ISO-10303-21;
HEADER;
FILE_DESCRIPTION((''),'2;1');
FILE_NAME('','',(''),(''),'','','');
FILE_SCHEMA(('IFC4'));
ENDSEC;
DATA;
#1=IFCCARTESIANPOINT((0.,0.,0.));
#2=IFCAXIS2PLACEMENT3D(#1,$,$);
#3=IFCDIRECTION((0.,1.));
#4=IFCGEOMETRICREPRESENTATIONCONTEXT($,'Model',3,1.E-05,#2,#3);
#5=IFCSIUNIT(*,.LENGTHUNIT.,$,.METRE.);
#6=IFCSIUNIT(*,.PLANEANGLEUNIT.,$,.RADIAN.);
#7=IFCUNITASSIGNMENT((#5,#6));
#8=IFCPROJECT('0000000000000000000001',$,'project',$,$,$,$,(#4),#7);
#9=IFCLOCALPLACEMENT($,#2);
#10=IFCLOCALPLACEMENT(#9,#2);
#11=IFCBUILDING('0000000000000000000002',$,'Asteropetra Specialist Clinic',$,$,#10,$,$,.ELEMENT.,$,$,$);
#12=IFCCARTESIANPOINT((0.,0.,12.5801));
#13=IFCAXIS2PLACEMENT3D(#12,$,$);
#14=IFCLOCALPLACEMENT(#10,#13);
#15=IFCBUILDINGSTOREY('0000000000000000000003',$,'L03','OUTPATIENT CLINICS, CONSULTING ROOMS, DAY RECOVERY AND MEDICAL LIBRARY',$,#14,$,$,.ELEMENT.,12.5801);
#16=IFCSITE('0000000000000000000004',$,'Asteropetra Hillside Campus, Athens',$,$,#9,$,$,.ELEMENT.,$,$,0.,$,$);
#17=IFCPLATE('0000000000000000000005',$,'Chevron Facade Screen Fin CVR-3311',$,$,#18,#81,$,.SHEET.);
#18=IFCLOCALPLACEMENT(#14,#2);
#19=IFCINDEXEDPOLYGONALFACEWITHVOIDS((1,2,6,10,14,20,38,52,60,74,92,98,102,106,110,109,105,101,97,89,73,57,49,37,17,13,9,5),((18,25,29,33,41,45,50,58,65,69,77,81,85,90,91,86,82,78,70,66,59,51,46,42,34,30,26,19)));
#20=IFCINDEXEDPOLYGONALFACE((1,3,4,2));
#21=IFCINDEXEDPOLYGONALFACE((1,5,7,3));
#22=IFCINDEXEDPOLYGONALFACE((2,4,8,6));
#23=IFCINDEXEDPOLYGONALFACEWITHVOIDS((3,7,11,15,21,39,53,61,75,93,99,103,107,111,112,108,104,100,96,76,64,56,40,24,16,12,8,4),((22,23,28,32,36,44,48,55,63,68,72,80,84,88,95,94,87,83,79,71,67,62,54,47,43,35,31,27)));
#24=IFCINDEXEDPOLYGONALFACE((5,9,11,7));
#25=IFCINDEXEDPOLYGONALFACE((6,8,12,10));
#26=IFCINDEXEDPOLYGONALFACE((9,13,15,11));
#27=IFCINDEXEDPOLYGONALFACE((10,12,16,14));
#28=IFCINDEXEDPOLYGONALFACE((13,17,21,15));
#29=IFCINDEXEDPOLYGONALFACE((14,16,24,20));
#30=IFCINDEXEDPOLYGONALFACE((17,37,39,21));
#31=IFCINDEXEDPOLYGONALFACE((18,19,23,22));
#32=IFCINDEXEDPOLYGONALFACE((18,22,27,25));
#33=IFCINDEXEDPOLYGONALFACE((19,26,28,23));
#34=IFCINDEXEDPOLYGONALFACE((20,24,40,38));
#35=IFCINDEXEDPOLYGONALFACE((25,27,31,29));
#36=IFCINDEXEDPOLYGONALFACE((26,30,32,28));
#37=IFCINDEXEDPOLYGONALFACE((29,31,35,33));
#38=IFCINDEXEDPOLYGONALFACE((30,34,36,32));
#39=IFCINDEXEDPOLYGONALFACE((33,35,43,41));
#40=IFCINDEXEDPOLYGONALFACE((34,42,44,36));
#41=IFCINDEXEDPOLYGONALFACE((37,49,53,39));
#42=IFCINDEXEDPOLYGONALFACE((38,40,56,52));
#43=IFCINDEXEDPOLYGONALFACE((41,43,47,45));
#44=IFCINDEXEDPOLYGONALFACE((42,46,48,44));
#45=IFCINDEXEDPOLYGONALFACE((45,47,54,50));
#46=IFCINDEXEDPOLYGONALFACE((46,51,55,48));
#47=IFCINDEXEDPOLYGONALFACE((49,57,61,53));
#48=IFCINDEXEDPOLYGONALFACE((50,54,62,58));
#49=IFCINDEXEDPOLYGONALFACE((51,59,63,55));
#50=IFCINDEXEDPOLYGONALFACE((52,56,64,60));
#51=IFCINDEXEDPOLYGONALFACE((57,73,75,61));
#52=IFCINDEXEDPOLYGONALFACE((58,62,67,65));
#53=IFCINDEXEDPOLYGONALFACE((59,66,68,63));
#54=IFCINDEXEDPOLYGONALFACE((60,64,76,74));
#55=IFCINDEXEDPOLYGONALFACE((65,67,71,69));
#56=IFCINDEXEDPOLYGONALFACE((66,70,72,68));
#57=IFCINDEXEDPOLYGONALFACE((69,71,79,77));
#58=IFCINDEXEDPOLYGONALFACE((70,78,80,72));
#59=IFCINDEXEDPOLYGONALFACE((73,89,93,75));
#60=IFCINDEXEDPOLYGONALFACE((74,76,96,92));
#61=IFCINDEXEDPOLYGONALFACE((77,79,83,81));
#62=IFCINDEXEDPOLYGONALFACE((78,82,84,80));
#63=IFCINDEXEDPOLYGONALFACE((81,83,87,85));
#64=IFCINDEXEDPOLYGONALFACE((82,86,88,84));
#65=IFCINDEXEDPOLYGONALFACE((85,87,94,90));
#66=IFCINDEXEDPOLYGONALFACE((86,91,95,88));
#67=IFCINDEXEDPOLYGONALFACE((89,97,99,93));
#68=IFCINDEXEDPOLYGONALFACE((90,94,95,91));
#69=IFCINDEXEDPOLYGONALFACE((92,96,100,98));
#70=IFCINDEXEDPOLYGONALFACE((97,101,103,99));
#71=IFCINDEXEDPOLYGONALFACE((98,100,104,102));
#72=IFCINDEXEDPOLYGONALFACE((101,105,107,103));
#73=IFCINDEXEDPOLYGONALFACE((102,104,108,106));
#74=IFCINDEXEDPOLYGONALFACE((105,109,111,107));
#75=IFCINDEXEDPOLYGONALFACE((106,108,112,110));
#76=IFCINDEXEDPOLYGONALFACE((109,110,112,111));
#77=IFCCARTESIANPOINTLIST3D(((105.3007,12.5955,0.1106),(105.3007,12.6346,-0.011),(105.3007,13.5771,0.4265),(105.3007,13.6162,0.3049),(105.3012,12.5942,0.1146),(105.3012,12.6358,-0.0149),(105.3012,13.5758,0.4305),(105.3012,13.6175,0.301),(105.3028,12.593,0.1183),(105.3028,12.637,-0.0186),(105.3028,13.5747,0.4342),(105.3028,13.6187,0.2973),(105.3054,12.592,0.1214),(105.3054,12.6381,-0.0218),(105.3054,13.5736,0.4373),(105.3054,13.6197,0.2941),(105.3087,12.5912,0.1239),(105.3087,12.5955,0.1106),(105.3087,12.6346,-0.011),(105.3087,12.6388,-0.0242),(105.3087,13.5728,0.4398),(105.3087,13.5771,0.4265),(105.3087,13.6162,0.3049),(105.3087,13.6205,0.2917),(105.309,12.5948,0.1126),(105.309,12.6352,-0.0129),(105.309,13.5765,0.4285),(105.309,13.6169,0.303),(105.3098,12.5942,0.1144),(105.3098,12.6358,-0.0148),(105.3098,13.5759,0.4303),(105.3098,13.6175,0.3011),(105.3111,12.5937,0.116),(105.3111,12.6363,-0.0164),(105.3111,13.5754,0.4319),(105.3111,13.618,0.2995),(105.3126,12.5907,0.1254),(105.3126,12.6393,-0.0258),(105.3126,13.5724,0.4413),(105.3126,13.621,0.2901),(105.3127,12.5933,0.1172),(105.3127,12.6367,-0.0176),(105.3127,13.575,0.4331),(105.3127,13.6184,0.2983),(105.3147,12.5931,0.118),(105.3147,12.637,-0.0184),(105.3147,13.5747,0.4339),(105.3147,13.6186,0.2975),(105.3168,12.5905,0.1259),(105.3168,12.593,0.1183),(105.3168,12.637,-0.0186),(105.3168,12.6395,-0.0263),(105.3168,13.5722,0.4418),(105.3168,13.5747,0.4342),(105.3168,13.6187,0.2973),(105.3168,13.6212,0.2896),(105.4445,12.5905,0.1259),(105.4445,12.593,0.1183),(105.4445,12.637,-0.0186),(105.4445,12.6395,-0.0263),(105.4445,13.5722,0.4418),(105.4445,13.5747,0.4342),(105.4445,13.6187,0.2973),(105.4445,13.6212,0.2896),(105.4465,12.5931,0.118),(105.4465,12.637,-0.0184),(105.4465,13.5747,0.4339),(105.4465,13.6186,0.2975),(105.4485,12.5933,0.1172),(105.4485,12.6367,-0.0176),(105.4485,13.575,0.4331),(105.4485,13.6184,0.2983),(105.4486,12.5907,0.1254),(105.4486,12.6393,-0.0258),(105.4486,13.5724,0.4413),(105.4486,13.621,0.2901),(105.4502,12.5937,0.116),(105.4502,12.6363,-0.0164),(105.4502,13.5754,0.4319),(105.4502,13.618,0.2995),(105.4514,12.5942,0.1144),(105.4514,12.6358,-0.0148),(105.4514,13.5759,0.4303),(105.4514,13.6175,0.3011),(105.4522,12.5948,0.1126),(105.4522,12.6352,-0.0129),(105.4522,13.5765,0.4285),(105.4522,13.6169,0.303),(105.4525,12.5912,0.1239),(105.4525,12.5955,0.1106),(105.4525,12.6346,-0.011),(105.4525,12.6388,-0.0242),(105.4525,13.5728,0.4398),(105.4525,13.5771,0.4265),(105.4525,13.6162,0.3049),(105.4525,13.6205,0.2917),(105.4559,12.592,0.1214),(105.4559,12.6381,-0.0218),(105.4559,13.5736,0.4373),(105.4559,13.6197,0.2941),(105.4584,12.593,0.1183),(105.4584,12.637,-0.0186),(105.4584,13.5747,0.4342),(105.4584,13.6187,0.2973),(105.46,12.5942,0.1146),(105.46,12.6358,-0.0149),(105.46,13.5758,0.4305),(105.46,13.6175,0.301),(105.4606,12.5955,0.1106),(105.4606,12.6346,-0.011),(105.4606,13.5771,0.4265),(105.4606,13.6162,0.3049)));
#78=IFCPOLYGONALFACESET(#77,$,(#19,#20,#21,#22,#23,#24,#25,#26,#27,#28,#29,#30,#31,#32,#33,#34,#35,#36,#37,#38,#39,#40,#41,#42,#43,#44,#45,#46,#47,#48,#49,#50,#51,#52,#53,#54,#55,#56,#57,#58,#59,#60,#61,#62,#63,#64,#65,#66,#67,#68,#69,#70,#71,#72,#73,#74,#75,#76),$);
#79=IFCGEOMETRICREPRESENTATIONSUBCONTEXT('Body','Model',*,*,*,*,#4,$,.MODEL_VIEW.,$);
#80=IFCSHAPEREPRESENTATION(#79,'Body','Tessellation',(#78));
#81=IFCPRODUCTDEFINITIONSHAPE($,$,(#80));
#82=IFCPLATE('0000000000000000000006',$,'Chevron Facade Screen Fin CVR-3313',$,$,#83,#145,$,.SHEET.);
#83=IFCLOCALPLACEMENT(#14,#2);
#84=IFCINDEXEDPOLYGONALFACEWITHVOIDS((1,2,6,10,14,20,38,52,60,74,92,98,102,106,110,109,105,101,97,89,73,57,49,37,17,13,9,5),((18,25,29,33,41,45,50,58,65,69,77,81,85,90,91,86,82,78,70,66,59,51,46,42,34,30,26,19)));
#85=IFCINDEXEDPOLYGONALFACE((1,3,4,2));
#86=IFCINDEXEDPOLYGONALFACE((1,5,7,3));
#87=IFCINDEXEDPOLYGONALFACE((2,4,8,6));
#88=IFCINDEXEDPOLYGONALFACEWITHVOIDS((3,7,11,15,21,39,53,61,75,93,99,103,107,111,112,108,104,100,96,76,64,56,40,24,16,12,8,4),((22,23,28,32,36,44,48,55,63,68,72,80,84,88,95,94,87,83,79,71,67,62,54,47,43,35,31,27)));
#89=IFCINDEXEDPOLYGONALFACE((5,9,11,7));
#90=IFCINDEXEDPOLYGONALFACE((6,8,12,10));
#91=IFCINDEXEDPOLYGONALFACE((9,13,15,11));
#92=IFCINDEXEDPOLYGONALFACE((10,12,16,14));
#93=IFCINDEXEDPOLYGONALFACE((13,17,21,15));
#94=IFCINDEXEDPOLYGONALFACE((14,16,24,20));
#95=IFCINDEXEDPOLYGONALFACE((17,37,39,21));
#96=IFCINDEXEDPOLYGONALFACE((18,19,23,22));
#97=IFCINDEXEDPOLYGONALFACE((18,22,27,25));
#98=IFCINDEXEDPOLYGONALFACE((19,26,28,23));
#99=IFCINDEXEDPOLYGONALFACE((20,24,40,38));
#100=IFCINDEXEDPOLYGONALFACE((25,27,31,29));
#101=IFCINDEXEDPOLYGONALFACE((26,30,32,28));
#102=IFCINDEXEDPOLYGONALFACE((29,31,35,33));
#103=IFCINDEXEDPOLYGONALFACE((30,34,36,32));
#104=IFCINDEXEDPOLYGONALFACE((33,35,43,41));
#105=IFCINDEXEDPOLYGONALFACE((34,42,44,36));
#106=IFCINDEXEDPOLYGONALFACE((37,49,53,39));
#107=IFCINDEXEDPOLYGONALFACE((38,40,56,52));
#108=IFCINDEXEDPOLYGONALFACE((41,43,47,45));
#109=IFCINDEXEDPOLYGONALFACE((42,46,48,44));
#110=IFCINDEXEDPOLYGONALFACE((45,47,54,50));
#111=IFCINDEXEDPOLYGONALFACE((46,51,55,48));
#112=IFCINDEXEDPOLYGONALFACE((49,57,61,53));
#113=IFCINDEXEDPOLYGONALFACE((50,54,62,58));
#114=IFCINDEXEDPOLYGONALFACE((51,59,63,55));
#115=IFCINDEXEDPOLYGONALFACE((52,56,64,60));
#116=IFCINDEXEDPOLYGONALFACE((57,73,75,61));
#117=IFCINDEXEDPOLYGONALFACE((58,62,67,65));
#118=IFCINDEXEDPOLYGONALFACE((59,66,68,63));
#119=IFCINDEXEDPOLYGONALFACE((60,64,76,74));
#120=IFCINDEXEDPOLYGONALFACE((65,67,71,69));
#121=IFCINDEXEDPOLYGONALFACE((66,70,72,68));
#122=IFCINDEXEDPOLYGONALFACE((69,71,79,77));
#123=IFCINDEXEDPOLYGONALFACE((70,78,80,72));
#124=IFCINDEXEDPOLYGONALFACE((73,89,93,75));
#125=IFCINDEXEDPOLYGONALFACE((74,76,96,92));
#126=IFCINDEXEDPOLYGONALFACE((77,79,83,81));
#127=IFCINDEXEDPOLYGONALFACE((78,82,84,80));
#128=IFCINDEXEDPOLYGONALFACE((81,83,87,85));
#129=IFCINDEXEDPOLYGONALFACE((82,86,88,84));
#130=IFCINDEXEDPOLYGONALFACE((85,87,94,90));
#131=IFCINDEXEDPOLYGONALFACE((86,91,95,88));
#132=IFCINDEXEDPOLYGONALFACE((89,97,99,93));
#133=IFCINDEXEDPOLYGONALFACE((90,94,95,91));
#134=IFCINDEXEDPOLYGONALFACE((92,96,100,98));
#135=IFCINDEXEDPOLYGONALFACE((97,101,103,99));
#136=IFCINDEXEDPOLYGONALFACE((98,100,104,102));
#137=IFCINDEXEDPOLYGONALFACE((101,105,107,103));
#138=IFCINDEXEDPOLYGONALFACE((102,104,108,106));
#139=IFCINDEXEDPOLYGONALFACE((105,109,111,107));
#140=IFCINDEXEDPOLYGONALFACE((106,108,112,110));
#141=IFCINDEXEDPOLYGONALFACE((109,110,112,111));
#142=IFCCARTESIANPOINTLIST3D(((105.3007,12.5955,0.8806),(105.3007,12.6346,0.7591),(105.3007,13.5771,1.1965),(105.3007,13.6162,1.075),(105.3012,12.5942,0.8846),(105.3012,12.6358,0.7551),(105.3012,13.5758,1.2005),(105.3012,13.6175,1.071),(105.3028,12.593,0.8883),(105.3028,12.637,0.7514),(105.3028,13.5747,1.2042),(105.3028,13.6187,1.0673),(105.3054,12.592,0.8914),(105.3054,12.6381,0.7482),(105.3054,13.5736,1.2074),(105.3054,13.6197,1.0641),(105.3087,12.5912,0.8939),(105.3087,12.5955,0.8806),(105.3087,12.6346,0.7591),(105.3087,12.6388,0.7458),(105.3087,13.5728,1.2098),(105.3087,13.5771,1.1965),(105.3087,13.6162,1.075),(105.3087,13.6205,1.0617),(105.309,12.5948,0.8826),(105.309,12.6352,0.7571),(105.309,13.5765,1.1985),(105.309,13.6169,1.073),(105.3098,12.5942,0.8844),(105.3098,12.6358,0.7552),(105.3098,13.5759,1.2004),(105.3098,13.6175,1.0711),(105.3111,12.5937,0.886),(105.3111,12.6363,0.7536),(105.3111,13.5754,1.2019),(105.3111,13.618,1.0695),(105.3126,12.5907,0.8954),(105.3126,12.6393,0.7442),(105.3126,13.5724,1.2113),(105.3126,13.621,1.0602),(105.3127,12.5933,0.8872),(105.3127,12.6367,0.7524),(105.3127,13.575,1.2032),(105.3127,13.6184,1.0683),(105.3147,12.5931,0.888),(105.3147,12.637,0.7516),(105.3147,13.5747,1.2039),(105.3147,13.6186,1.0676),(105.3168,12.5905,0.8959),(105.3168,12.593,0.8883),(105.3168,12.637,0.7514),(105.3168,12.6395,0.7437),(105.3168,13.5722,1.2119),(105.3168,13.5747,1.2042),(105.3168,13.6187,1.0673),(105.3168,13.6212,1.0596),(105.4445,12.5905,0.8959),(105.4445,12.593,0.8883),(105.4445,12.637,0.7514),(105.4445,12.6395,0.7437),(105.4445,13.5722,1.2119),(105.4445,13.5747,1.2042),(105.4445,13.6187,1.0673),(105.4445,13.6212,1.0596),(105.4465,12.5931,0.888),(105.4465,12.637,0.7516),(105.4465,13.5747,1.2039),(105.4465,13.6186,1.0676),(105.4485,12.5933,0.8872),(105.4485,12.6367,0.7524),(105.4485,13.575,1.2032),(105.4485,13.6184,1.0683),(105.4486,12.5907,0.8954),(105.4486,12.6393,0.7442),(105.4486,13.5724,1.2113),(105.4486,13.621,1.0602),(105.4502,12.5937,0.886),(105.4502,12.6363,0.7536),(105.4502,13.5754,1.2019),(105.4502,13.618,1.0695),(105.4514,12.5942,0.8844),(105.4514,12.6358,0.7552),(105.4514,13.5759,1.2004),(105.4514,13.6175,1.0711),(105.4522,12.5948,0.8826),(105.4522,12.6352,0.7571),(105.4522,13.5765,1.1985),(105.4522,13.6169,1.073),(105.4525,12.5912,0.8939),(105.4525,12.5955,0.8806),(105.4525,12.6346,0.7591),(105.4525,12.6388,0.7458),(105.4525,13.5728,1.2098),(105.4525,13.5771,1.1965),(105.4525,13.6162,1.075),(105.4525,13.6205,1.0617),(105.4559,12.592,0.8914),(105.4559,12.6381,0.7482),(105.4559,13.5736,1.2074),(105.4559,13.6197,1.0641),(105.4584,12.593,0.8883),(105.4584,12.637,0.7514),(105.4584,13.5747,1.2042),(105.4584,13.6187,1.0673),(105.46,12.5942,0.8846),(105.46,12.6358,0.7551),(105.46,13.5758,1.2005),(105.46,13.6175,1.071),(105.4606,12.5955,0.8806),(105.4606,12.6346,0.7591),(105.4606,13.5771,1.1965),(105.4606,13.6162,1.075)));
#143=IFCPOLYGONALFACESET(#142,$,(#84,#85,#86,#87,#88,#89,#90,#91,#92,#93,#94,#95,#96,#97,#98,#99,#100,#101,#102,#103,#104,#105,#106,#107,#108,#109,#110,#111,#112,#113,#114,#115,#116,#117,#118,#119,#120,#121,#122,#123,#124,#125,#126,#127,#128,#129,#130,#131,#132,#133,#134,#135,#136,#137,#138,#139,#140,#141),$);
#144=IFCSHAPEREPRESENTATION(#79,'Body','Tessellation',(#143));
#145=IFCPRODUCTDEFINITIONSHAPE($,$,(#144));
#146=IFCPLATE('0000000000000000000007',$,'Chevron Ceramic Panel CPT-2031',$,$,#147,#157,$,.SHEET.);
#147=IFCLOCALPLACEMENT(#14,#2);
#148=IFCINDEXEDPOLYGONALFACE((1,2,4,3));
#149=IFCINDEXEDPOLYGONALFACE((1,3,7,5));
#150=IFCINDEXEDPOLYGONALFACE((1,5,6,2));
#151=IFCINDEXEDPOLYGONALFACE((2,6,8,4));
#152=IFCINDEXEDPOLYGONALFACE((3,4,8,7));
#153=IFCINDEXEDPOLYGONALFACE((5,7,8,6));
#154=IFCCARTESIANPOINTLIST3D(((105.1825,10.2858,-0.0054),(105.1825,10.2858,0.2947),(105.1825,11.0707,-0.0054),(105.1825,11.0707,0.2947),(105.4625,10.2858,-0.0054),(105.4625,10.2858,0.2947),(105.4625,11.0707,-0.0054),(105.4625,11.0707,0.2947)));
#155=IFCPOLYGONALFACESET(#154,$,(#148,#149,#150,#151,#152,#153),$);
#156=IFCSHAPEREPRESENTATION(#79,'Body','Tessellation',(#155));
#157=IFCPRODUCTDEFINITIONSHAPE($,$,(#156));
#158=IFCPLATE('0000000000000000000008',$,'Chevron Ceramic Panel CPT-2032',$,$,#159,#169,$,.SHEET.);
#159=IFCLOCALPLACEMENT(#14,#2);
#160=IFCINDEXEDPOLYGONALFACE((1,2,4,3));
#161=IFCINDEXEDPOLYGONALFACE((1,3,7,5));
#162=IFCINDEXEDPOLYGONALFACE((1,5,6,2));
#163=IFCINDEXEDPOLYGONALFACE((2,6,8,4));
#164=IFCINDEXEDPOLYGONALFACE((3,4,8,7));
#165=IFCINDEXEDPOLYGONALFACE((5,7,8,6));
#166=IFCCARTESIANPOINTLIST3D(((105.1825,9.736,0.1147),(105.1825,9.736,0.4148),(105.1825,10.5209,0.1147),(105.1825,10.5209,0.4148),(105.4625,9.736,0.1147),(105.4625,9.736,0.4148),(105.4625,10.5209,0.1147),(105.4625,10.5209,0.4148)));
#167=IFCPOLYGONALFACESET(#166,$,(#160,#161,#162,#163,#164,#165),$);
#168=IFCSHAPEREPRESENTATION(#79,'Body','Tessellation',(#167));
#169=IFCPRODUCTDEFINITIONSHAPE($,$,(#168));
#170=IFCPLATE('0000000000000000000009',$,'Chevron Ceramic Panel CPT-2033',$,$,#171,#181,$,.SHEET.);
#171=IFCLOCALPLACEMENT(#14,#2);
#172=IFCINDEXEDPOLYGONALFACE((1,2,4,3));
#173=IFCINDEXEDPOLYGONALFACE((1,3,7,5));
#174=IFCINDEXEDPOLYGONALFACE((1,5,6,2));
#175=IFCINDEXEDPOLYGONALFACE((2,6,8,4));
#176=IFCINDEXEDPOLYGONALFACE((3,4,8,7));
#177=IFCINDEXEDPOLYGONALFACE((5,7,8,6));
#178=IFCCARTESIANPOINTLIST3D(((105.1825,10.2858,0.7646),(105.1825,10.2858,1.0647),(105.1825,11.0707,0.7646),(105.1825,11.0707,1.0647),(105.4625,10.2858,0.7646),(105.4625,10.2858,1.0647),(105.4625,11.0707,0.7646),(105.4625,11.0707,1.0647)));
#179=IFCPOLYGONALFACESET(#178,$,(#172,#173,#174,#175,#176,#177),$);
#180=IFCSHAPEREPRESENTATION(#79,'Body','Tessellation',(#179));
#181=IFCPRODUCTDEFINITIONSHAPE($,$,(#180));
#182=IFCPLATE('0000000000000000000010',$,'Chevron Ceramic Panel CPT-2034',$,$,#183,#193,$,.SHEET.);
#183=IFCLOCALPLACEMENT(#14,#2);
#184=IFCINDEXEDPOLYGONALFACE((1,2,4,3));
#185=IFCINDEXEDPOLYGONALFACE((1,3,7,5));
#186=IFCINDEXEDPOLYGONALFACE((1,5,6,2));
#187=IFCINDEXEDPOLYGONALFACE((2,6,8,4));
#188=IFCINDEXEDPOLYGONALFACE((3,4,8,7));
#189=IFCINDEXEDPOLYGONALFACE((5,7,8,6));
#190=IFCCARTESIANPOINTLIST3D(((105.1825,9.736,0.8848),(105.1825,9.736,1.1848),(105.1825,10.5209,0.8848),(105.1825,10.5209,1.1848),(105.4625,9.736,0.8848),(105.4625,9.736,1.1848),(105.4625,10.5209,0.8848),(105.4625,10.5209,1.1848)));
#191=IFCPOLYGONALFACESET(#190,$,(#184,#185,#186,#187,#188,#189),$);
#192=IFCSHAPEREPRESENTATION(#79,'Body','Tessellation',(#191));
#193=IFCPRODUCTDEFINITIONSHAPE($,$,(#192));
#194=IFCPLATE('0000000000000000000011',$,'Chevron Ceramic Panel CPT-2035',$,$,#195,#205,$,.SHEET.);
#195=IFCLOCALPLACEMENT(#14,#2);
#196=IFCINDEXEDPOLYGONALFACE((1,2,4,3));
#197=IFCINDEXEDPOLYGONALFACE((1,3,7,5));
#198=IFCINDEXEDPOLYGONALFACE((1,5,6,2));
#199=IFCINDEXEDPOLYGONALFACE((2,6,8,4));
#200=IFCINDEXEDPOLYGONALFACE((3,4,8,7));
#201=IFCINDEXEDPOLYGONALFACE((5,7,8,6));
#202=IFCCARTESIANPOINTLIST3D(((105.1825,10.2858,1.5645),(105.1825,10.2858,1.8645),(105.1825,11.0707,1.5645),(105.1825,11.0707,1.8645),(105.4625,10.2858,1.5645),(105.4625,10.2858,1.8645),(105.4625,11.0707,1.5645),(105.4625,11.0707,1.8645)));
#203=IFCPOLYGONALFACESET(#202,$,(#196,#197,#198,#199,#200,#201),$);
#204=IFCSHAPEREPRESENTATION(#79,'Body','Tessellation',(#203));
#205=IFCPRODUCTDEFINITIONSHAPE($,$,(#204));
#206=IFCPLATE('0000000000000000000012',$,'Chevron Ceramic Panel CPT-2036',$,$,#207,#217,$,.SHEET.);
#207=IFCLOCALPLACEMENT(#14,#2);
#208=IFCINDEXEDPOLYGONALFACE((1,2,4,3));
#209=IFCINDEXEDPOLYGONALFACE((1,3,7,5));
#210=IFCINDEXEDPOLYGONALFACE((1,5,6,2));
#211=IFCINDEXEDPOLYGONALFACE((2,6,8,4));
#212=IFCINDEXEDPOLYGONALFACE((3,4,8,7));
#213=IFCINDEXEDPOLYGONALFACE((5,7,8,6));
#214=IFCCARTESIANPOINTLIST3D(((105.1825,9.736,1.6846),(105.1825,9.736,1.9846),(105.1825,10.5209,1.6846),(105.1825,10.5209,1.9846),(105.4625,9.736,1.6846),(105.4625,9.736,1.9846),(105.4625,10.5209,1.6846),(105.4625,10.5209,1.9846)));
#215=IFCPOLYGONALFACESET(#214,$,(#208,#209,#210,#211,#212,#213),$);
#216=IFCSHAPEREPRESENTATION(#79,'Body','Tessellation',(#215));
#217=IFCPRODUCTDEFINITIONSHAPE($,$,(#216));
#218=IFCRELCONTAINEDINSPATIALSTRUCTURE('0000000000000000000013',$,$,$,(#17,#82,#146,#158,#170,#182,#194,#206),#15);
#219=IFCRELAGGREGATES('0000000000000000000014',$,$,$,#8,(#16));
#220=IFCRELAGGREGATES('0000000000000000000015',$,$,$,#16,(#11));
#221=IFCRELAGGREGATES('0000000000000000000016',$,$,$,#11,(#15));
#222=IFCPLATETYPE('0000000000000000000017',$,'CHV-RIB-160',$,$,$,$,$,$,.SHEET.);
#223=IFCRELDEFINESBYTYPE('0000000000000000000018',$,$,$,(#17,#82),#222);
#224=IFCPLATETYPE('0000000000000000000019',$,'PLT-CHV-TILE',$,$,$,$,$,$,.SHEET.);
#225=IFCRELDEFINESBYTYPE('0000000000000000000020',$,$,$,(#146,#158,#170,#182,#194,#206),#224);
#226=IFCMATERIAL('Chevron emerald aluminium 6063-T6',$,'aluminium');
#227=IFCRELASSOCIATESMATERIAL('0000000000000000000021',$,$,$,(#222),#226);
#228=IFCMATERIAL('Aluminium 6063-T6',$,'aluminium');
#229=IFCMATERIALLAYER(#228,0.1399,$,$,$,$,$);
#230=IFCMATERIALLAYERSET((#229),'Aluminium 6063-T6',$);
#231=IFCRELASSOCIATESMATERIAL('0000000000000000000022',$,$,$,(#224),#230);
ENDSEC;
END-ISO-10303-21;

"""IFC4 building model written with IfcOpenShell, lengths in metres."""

from ifc_helpers import new_model, si_unit, direction, frame, origin, origin_2d, place, context, subcontext, project, spatial, rectangle, hollow_rectangle, extrude, material, layer, layer_set, material_profile, profile_set, type_object, element, save


model = new_model("IFC4")

# Units and contexts
model_context = context("Model", 3, precision=1e-05, world=origin(), true_north=direction((0.0, 1.0)))
body_context = subcontext(model_context, "Body", "Model", "MODEL_VIEW")
ifc_project = project(units=[si_unit("LENGTHUNIT", "METRE"), si_unit("PLANEANGLEUNIT", "RADIAN")], contexts=[model_context])

# Site, building, storey
site_placement = place(None, origin())
site = spatial("IfcSite", under=ifc_project, at=site_placement, Name="Asteropetra Hillside Campus, Athens", CompositionType="ELEMENT", RefElevation=0.0)
building_placement = place(site_placement, origin())
building = spatial("IfcBuilding", under=site, at=building_placement, Name="Asteropetra Specialist Clinic", CompositionType="ELEMENT")
storey_placement = place(building_placement, frame((0.0, 0.0, 12.5801)))
storey = spatial("IfcBuildingStorey", under=building, at=storey_placement, Name="L03", Description="OUTPATIENT CLINICS, CONSULTING ROOMS, DAY RECOVERY AND MEDICAL LIBRARY", CompositionType="ELEMENT", Elevation=12.5801)

# Plates
ifc_material_1 = material(Name="Chevron emerald aluminium 6063-T6", Category="aluminium")
ifc_material_profile = material_profile(ifc_material_1, hollow_rectangle(XDim=0.1599, YDim=0.1599, WallThickness=0.0081, InnerFilletRadius=0.0081, OuterFilletRadius=0.0161, at=origin_2d()), Name="SHS 160x160x8.0")
ifc_profile_set = profile_set([ifc_material_profile], Name="Chevron emerald aluminium 6063-T6")
plate_type_1 = type_object("IfcPlateType", Name="CHV-RIB-160", PredefinedType="SHEET", material=ifc_profile_set)
for number, where, z_axis, x_axis, name in (
    (1, (105.3806, 13.5967, 0.3657), (0.0, -0.951923, -0.306339), (1.0, 0.0, 0.0), "Chevron Facade Screen Fin CVR-3311"),
    (2, (105.3806, 13.5967, 1.1357), (0.0, -0.951923, -0.306339), (1.0, 0.0, 0.0), "Chevron Facade Screen Fin CVR-3313"),
):
    element("IfcPlate", number, at=place(storey_placement, frame(where, z_axis=z_axis, x_axis=x_axis)), inside=storey, type_object=plate_type_1, Name=name, PredefinedType="SHEET", context=body_context, shape_type="SweptSolid", body=[
        extrude(hollow_rectangle(XDim=0.1599, YDim=0.1599, WallThickness=0.0081, InnerFilletRadius=0.0081, OuterFilletRadius=0.0161, at=origin_2d()), origin(), (0.0, 0.0, 1.0), 1.0312),
    ])
ifc_material_2 = material(Name="Aluminium 6063-T6", Category="aluminium")
ifc_layer = layer(ifc_material_2, 0.1399)
ifc_layer_set = layer_set([ifc_layer], Name="Aluminium 6063-T6")
plate_type_2 = type_object("IfcPlateType", Name="PLT-CHV-TILE", PredefinedType="SHEET", material=ifc_layer_set)
for number, where, z_axis, x_axis, name in (
    (3, (105.3225, 10.6782, -0.0054), (0.0, 0.0, 1.0), (1.0, 0.0, 0.0), "Chevron Ceramic Panel CPT-2031"),
    (4, (105.3225, 10.1284, 0.1147), (0.0, 0.0, 1.0), (1.0, 0.0, 0.0), "Chevron Ceramic Panel CPT-2032"),
    (5, (105.3225, 10.6782, 0.7646), (0.0, 0.0, 1.0), (1.0, 0.0, 0.0), "Chevron Ceramic Panel CPT-2033"),
    (6, (105.3225, 10.1284, 0.8848), (0.0, 0.0, 1.0), (1.0, 0.0, 0.0), "Chevron Ceramic Panel CPT-2034"),
    (7, (105.3225, 10.6782, 1.5645), (0.0, 0.0, 1.0), (1.0, 0.0, 0.0), "Chevron Ceramic Panel CPT-2035"),
    (8, (105.3225, 10.1284, 1.6846), (0.0, 0.0, 1.0), (1.0, 0.0, 0.0), "Chevron Ceramic Panel CPT-2036"),
):
    element("IfcPlate", number, at=place(storey_placement, frame(where, z_axis=z_axis, x_axis=x_axis)), inside=storey, type_object=plate_type_2, Name=name, PredefinedType="SHEET", context=body_context, shape_type="SweptSolid", body=[
        extrude(rectangle(XDim=0.28, YDim=0.7849, at=origin_2d()), origin(), (0.0, 0.0, 1.0), 0.3),
    ])

save(model, "model.ifc")
